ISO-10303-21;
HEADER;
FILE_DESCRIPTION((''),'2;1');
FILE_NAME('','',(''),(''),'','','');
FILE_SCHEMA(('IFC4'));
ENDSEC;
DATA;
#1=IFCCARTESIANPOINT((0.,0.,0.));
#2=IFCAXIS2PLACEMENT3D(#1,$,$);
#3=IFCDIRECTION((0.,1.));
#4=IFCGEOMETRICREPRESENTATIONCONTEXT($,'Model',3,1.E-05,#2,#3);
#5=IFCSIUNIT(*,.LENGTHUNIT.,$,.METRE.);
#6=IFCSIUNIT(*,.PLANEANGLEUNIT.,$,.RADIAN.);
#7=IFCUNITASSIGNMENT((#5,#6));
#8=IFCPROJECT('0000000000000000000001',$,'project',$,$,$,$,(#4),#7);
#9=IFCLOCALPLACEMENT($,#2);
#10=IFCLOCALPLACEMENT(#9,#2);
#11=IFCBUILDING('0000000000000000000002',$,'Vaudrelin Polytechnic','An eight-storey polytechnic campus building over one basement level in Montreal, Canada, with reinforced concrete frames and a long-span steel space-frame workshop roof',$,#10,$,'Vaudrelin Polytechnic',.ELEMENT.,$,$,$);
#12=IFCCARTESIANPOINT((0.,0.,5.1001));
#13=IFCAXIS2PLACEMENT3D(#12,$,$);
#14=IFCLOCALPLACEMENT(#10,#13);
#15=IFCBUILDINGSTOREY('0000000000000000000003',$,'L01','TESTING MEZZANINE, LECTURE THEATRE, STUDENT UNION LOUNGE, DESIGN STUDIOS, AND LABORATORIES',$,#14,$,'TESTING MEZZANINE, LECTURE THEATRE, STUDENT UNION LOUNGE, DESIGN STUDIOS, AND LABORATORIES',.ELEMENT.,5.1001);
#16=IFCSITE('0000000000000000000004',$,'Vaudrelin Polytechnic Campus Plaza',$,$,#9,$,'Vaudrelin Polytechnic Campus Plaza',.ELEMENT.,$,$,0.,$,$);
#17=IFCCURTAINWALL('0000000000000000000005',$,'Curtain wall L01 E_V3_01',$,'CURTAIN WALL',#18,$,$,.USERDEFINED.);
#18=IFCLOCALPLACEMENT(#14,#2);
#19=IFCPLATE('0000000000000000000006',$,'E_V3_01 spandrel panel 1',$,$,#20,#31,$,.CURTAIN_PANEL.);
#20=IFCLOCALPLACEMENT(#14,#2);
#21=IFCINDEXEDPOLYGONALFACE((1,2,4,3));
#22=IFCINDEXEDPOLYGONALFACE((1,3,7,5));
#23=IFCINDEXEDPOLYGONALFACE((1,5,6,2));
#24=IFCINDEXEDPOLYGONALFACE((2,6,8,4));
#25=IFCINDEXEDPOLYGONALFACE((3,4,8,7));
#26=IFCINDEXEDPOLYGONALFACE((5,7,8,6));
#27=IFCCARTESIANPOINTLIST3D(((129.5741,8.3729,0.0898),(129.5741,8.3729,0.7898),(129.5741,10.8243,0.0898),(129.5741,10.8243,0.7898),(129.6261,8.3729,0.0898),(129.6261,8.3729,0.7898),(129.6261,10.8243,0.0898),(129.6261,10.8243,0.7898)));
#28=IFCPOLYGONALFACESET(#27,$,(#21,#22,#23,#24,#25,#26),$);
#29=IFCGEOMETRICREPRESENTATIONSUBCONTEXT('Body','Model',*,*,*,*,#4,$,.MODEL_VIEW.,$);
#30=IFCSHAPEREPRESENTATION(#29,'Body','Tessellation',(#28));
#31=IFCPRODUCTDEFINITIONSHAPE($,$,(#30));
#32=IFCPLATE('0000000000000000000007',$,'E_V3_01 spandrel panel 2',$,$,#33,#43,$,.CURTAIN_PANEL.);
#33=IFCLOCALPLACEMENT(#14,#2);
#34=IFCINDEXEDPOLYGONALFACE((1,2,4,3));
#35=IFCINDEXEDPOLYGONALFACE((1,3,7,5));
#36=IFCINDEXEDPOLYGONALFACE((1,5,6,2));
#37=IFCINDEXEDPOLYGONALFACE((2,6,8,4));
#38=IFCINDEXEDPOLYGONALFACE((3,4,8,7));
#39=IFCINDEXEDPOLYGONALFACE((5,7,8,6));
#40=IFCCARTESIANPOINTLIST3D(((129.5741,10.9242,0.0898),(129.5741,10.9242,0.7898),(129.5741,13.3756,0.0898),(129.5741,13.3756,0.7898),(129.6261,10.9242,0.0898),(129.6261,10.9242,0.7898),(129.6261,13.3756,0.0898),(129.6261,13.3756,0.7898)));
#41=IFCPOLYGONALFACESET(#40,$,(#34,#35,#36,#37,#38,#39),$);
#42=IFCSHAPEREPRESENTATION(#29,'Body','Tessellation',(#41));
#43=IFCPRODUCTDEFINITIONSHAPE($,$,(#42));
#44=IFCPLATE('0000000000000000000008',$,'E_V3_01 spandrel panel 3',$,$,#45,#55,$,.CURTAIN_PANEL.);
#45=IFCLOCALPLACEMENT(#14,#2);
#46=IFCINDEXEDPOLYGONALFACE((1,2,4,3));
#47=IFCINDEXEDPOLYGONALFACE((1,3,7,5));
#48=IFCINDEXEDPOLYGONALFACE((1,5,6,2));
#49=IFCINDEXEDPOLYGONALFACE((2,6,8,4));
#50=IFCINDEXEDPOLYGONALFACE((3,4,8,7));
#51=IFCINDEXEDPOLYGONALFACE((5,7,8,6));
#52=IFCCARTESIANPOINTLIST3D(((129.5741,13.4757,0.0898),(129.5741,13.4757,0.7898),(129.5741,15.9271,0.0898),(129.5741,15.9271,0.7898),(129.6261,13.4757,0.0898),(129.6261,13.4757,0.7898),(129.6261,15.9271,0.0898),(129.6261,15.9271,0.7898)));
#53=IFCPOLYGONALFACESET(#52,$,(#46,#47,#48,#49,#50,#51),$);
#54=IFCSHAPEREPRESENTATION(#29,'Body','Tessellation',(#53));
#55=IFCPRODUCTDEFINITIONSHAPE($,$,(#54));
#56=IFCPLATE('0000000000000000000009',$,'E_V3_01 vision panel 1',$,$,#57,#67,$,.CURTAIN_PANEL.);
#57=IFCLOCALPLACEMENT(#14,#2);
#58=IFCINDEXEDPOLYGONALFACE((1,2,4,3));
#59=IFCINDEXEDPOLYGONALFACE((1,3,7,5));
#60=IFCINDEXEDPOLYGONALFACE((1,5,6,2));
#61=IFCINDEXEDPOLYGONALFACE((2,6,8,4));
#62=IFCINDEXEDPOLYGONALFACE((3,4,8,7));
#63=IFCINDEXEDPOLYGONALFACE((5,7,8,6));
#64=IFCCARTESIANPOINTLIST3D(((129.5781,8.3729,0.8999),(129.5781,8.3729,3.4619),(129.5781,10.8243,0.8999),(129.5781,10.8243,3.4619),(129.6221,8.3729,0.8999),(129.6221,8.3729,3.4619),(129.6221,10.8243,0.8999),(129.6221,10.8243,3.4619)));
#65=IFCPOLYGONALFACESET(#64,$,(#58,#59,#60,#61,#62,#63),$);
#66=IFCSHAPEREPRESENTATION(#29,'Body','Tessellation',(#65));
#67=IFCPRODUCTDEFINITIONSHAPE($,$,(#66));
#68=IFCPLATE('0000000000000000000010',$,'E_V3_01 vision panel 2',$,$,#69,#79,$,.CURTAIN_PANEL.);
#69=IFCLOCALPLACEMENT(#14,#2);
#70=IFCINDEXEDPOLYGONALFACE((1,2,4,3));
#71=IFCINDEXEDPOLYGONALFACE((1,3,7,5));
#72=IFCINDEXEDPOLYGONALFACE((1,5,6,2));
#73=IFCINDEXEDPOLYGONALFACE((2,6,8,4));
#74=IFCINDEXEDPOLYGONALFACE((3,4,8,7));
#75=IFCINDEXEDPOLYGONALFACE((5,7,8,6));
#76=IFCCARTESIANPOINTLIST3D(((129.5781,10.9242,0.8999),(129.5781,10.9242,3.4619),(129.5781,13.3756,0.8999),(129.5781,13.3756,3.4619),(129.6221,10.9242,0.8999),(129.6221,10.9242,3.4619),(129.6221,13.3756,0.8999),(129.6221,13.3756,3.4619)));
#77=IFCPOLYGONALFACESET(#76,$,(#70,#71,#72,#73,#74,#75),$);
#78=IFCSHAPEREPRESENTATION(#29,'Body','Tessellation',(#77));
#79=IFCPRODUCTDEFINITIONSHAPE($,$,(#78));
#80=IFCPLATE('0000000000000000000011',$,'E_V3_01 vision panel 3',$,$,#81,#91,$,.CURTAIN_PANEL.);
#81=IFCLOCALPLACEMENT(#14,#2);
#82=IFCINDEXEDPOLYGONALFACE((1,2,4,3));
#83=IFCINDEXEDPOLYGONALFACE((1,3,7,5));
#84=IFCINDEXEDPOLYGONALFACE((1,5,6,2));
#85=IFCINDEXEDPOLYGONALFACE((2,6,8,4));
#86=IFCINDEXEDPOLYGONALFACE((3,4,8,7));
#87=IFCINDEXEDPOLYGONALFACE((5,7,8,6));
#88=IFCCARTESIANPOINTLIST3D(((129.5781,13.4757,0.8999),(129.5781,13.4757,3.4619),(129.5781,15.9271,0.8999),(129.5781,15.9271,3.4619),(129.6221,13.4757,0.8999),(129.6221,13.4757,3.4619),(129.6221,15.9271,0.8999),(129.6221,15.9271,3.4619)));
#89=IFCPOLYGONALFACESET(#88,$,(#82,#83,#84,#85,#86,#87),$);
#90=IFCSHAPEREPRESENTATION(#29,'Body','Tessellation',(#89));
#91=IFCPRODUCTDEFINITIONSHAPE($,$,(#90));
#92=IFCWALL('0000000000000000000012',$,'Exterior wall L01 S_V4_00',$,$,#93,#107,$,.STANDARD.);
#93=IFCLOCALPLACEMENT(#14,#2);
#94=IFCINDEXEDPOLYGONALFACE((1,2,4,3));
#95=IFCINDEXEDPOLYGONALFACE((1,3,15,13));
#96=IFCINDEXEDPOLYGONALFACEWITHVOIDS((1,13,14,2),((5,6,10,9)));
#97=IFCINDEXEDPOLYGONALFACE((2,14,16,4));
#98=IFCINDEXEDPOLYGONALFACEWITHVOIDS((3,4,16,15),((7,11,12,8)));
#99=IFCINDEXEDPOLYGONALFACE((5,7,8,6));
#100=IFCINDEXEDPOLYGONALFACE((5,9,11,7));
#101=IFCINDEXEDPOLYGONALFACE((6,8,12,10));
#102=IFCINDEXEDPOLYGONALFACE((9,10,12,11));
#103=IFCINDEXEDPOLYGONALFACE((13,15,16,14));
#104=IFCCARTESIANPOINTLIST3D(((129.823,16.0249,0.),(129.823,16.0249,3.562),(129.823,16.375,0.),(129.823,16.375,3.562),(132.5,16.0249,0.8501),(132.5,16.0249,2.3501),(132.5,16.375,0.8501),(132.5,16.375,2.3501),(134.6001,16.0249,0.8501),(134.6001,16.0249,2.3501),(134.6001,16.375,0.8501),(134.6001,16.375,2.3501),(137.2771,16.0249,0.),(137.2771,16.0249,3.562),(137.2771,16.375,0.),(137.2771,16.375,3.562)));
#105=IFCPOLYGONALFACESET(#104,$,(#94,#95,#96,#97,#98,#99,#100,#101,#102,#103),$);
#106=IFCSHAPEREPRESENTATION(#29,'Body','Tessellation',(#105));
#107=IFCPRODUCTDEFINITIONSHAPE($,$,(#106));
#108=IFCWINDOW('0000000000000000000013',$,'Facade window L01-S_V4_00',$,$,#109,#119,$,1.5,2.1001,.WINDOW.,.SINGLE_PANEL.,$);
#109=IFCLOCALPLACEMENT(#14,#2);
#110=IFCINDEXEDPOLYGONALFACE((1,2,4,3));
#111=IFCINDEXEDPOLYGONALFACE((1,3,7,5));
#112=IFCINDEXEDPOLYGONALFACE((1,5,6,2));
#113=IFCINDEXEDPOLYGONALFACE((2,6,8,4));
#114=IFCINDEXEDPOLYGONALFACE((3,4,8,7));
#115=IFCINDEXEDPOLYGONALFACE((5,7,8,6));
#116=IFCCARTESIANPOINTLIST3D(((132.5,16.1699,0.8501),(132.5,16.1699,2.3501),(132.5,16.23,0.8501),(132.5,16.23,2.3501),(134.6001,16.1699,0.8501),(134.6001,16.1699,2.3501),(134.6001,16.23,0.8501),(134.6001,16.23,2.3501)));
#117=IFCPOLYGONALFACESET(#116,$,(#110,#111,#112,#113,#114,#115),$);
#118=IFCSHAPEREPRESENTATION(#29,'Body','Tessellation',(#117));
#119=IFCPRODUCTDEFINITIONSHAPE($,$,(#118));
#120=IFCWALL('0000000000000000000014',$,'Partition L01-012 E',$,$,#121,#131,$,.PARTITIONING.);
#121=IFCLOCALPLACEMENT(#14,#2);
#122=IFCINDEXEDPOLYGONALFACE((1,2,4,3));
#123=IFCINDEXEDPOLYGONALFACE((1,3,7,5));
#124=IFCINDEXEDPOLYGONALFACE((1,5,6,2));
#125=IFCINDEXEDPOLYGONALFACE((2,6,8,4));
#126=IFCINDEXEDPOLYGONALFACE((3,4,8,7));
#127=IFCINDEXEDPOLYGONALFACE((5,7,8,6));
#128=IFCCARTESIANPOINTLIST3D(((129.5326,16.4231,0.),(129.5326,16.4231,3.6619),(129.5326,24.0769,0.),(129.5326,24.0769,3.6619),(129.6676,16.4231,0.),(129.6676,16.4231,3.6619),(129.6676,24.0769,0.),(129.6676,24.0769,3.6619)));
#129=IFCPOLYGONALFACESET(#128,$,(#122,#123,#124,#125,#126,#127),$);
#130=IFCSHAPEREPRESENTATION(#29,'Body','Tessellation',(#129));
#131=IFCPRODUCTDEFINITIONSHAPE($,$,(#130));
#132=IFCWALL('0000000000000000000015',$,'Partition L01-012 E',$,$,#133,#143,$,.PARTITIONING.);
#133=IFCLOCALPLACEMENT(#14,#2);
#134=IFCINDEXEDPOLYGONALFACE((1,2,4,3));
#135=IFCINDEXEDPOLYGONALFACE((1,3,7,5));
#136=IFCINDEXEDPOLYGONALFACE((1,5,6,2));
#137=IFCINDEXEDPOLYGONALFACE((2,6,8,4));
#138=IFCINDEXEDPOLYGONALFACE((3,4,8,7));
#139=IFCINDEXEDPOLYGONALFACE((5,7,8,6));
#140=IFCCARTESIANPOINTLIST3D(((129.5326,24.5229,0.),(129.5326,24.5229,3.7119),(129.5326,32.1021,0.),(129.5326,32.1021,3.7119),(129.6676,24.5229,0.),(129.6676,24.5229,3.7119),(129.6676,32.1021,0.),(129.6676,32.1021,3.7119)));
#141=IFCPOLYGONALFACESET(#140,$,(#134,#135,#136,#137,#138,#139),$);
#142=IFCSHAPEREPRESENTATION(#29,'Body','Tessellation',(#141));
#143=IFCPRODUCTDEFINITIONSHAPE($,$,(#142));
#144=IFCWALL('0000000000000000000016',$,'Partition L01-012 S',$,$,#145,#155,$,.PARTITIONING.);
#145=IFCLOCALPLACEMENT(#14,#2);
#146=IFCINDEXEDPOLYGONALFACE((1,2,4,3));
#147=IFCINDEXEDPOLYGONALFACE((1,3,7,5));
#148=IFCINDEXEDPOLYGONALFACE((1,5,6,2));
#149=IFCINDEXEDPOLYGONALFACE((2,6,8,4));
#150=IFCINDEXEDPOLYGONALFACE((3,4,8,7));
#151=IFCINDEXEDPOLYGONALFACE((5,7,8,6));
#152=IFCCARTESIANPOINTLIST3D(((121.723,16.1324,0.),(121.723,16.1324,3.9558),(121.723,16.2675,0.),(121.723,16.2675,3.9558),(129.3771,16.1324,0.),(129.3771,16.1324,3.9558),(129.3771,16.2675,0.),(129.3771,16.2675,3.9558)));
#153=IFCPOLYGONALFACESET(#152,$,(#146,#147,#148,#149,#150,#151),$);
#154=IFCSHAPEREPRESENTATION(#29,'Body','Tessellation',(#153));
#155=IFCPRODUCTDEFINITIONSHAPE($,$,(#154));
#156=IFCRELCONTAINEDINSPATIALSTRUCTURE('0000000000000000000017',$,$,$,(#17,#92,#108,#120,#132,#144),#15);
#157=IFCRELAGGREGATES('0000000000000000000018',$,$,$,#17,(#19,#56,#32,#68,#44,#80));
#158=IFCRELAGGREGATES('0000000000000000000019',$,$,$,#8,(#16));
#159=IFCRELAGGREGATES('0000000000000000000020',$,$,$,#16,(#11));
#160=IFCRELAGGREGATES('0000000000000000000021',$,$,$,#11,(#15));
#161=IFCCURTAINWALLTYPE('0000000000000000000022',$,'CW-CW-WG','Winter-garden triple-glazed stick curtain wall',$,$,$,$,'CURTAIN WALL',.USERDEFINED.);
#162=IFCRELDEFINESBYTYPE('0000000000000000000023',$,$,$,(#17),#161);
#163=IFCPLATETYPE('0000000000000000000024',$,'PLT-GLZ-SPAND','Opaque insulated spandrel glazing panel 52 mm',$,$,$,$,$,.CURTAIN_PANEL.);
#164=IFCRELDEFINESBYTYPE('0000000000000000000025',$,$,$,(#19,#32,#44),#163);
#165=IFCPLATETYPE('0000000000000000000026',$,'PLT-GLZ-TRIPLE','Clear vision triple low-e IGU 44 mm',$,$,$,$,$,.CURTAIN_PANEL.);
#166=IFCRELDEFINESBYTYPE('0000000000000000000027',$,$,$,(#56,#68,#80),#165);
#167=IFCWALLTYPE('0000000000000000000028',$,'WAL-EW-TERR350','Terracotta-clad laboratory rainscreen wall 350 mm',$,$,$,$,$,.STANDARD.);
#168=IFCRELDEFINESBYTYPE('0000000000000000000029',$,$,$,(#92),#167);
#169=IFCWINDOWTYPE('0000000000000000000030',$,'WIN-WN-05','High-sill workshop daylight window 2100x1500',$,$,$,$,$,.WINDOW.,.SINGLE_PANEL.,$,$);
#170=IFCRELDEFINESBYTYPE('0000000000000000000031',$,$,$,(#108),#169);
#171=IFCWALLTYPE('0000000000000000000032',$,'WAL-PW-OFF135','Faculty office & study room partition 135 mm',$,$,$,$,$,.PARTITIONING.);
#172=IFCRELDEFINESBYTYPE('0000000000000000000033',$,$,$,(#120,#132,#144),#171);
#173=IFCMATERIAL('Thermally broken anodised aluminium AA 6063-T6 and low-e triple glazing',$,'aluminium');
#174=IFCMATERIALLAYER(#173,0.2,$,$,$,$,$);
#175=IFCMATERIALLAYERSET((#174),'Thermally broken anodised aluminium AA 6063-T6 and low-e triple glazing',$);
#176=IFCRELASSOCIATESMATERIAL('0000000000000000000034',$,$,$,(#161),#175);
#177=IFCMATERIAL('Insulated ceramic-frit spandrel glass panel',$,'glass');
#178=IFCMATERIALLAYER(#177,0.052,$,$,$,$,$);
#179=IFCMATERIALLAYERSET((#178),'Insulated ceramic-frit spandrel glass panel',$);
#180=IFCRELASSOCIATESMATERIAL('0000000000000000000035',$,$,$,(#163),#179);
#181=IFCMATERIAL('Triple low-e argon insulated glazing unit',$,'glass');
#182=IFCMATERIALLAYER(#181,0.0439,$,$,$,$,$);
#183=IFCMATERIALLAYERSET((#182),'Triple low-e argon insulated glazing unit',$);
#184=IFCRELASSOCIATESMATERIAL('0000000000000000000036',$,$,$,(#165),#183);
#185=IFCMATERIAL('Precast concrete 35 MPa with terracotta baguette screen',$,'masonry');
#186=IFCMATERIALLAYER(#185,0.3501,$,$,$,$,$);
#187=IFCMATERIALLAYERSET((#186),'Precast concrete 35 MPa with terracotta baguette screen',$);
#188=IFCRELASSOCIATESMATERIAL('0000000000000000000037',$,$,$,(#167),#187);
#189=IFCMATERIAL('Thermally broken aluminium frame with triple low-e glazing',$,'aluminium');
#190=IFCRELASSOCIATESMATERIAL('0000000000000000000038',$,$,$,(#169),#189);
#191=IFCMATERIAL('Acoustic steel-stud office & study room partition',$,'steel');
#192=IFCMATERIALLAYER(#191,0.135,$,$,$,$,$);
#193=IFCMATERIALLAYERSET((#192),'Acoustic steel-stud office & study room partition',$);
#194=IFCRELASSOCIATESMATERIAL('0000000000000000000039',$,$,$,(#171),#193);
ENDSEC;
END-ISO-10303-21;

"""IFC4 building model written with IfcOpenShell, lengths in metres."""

from ifc_helpers import new_model, si_unit, direction, frame, frame_2d, origin, origin_2d, place, context, subcontext, project, spatial, rectangle, extrude, material, layer, layer_set, type_object, element, fill, aggregate, save


model = new_model("IFC4")

# Units and contexts
model_context = context("Model", 3, precision=1e-05, world=origin(), true_north=direction((0.0, 1.0)))
body_context = subcontext(model_context, "Body", "Model", "MODEL_VIEW")
ifc_project = project(units=[si_unit("LENGTHUNIT", "METRE"), si_unit("PLANEANGLEUNIT", "RADIAN")], contexts=[model_context])

# Site, building, storey
site_placement = place(None, origin())
site = spatial("IfcSite", under=ifc_project, at=site_placement, Name="Vaudrelin Polytechnic Campus Plaza", LongName="Vaudrelin Polytechnic Campus Plaza", CompositionType="ELEMENT", RefElevation=0.0)
building_placement = place(site_placement, origin())
building = spatial("IfcBuilding", under=site, at=building_placement, Name="Vaudrelin Polytechnic", Description="An eight-storey polytechnic campus building over one basement level in Montreal, Canada, with reinforced concrete frames and a long-span steel space-frame workshop roof", LongName="Vaudrelin Polytechnic", CompositionType="ELEMENT")
storey_placement = place(building_placement, frame((0.0, 0.0, 5.1001)))
storey = spatial("IfcBuildingStorey", under=building, at=storey_placement, Name="L01", Description="TESTING MEZZANINE, LECTURE THEATRE, STUDENT UNION LOUNGE, DESIGN STUDIOS, AND LABORATORIES", LongName="TESTING MEZZANINE, LECTURE THEATRE, STUDENT UNION LOUNGE, DESIGN STUDIOS, AND LABORATORIES", CompositionType="ELEMENT", Elevation=5.1001)

# Curtain wall, plates
ifc_material_1 = material(Name="Thermally broken anodised aluminium AA 6063-T6 and low-e triple glazing", Category="aluminium")
ifc_layer_1 = layer(ifc_material_1, 0.2)
ifc_layer_set_1 = layer_set([ifc_layer_1], Name="Thermally broken anodised aluminium AA 6063-T6 and low-e triple glazing")
curtain_wall_type = type_object("IfcCurtainWallType", Name="CW-CW-WG", Description="Winter-garden triple-glazed stick curtain wall", ElementType="CURTAIN WALL", PredefinedType="USERDEFINED", material=ifc_layer_set_1)
curtain_wall_placement = place(storey_placement, origin())
curtain_wall = element("IfcCurtainWall", 1, at=curtain_wall_placement, inside=storey, type_object=curtain_wall_type, Name="Curtain wall L01 E_V3_01", ObjectType="CURTAIN WALL", PredefinedType="USERDEFINED")
ifc_material_2 = material(Name="Insulated ceramic-frit spandrel glass panel", Category="glass")
ifc_layer_2 = layer(ifc_material_2, 0.052)
ifc_layer_set_2 = layer_set([ifc_layer_2], Name="Insulated ceramic-frit spandrel glass panel")
plate_type_1 = type_object("IfcPlateType", Name="PLT-GLZ-SPAND", Description="Opaque insulated spandrel glazing panel 52 mm", PredefinedType="CURTAIN_PANEL", material=ifc_layer_set_2)
plate_1_placement = place(storey_placement, frame((129.6001, 9.5986, 0.0898), z_axis=(0.0, 0.0, 1.0), x_axis=(0.0, 1.0, 0.0)))
plate_1 = element("IfcPlate", 2, at=plate_1_placement, type_object=plate_type_1, Name="E_V3_01 spandrel panel 1", PredefinedType="CURTAIN_PANEL", context=body_context, shape_type="SweptSolid", body=[
    extrude(rectangle(XDim=2.4514, YDim=0.052, at=origin_2d()), origin(), (0.0, 0.0, 1.0), 0.7),
])
plate_2_placement = place(storey_placement, frame((129.6001, 12.1499, 0.0898), z_axis=(0.0, 0.0, 1.0), x_axis=(0.0, 1.0, 0.0)))
plate_2 = element("IfcPlate", 3, at=plate_2_placement, type_object=plate_type_1, Name="E_V3_01 spandrel panel 2", PredefinedType="CURTAIN_PANEL", context=body_context, shape_type="SweptSolid", body=[
    extrude(rectangle(XDim=2.4514, YDim=0.052, at=origin_2d()), origin(), (0.0, 0.0, 1.0), 0.7),
])
plate_3_placement = place(storey_placement, frame((129.6001, 14.7014, 0.0898), z_axis=(0.0, 0.0, 1.0), x_axis=(0.0, 1.0, 0.0)))
plate_3 = element("IfcPlate", 4, at=plate_3_placement, type_object=plate_type_1, Name="E_V3_01 spandrel panel 3", PredefinedType="CURTAIN_PANEL", context=body_context, shape_type="SweptSolid", body=[
    extrude(rectangle(XDim=2.4514, YDim=0.052, at=origin_2d()), origin(), (0.0, 0.0, 1.0), 0.7),
])
ifc_material_3 = material(Name="Triple low-e argon insulated glazing unit", Category="glass")
ifc_layer_3 = layer(ifc_material_3, 0.0439)
ifc_layer_set_3 = layer_set([ifc_layer_3], Name="Triple low-e argon insulated glazing unit")
plate_type_2 = type_object("IfcPlateType", Name="PLT-GLZ-TRIPLE", Description="Clear vision triple low-e IGU 44 mm", PredefinedType="CURTAIN_PANEL", material=ifc_layer_set_3)
plate_4_placement = place(storey_placement, frame((129.6001, 9.5986, 0.8999), z_axis=(0.0, 0.0, 1.0), x_axis=(0.0, 1.0, 0.0)))
plate_4 = element("IfcPlate", 5, at=plate_4_placement, type_object=plate_type_2, Name="E_V3_01 vision panel 1", PredefinedType="CURTAIN_PANEL", context=body_context, shape_type="SweptSolid", body=[
    extrude(rectangle(XDim=2.4514, YDim=0.0439, at=origin_2d()), origin(), (0.0, 0.0, 1.0), 2.562),
])
plate_5_placement = place(storey_placement, frame((129.6001, 12.1499, 0.8999), z_axis=(0.0, 0.0, 1.0), x_axis=(0.0, 1.0, 0.0)))
plate_5 = element("IfcPlate", 6, at=plate_5_placement, type_object=plate_type_2, Name="E_V3_01 vision panel 2", PredefinedType="CURTAIN_PANEL", context=body_context, shape_type="SweptSolid", body=[
    extrude(rectangle(XDim=2.4514, YDim=0.0439, at=origin_2d()), origin(), (0.0, 0.0, 1.0), 2.562),
])
plate_6_placement = place(storey_placement, frame((129.6001, 14.7014, 0.8999), z_axis=(0.0, 0.0, 1.0), x_axis=(0.0, 1.0, 0.0)))
plate_6 = element("IfcPlate", 7, at=plate_6_placement, type_object=plate_type_2, Name="E_V3_01 vision panel 3", PredefinedType="CURTAIN_PANEL", context=body_context, shape_type="SweptSolid", body=[
    extrude(rectangle(XDim=2.4514, YDim=0.0439, at=origin_2d()), origin(), (0.0, 0.0, 1.0), 2.562),
])
aggregate(curtain_wall, [plate_1, plate_4, plate_2, plate_5, plate_3, plate_6])

# Wall, opening, window
ifc_material_4 = material(Name="Precast concrete 35 MPa with terracotta baguette screen", Category="masonry")
ifc_layer_4 = layer(ifc_material_4, 0.3501)
ifc_layer_set_4 = layer_set([ifc_layer_4], Name="Precast concrete 35 MPa with terracotta baguette screen")
wall_type_1 = type_object("IfcWallType", Name="WAL-EW-TERR350", Description="Terracotta-clad laboratory rainscreen wall 350 mm", PredefinedType="STANDARD", material=ifc_layer_set_4)
wall_1_placement = place(storey_placement, frame((129.823, 16.2, 0.0), z_axis=(0.0, 0.0, 1.0), x_axis=(1.0, 0.0, 0.0)))
wall_1 = element("IfcWall", 8, at=wall_1_placement, inside=storey, type_object=wall_type_1, Name="Exterior wall L01 S_V4_00", PredefinedType="STANDARD", context=body_context, shape_type="SweptSolid", body=[
    extrude(rectangle(XDim=7.4541, YDim=0.3501, at=frame_2d((3.7271, 0.0))), origin(), (0.0, 0.0, 1.0), 3.562),
])
opening_placement = place(wall_1_placement, frame((2.677, 0.0, 0.8501)))
opening = element("IfcOpeningElement", 9, at=opening_placement, cuts=wall_1, PredefinedType="OPENING", context=body_context, shape_type="SweptSolid", body=[
    extrude(rectangle(XDim=2.1001, YDim=1.5, at=frame_2d((1.05, 0.75))), frame((0.0, 0.1851, 0.0), z_axis=(0.0, -1.0, 0.0), x_axis=(1.0, 0.0, 0.0)), (0.0, 0.0, 1.0), 0.3701),
])
ifc_material_5 = material(Name="Thermally broken aluminium frame with triple low-e glazing", Category="aluminium")
window_type = type_object("IfcWindowType", Name="WIN-WN-05", Description="High-sill workshop daylight window 2100x1500", PartitioningType="SINGLE_PANEL", PredefinedType="WINDOW", material=ifc_material_5)
window_placement = place(opening_placement, origin())
window = element("IfcWindow", 10, at=window_placement, inside=storey, type_object=window_type, Name="Facade window L01-S_V4_00", OverallHeight=1.5, OverallWidth=2.1001, PartitioningType="SINGLE_PANEL", PredefinedType="WINDOW", context=body_context, shape_type="SweptSolid", body=[
    extrude(rectangle(XDim=2.1001, YDim=1.5, at=frame_2d((1.05, 0.75))), frame((0.0, 0.03, 0.0), z_axis=(0.0, -1.0, 0.0), x_axis=(1.0, 0.0, 0.0)), (0.0, 0.0, 1.0), 0.0601),
])
fill(opening, window)

# Walls
ifc_material_6 = material(Name="Acoustic steel-stud office & study room partition", Category="steel")
ifc_layer_5 = layer(ifc_material_6, 0.135)
ifc_layer_set_5 = layer_set([ifc_layer_5], Name="Acoustic steel-stud office & study room partition")
wall_type_2 = type_object("IfcWallType", Name="WAL-PW-OFF135", Description="Faculty office & study room partition 135 mm", PredefinedType="PARTITIONING", material=ifc_layer_set_5)
wall_2_placement = place(storey_placement, frame((129.6001, 16.4231, 0.0), z_axis=(0.0, 0.0, 1.0), x_axis=(0.0, 1.0, 0.0)))
element("IfcWall", 11, at=wall_2_placement, inside=storey, type_object=wall_type_2, Name="Partition L01-012 E", PredefinedType="PARTITIONING", context=body_context, shape_type="SweptSolid", body=[
    extrude(rectangle(XDim=7.6538, YDim=0.135, at=frame_2d((3.8269, 0.0))), origin(), (0.0, 0.0, 1.0), 3.6619),
])
wall_3_placement = place(storey_placement, frame((129.6001, 24.5229, 0.0), z_axis=(0.0, 0.0, 1.0), x_axis=(0.0, 1.0, 0.0)))
element("IfcWall", 12, at=wall_3_placement, inside=storey, type_object=wall_type_2, Name="Partition L01-012 E", PredefinedType="PARTITIONING", context=body_context, shape_type="SweptSolid", body=[
    extrude(rectangle(XDim=7.5791, YDim=0.135, at=frame_2d((3.7896, 0.0))), origin(), (0.0, 0.0, 1.0), 3.7119),
])
wall_4_placement = place(storey_placement, frame((121.7229, 16.2, 0.0), z_axis=(0.0, 0.0, 1.0), x_axis=(1.0, 0.0, 0.0)))
element("IfcWall", 13, at=wall_4_placement, inside=storey, type_object=wall_type_2, Name="Partition L01-012 S", PredefinedType="PARTITIONING", context=body_context, shape_type="SweptSolid", body=[
    extrude(rectangle(XDim=7.6541, YDim=0.135, at=frame_2d((3.8271, 0.0))), origin(), (0.0, 0.0, 1.0), 3.9558),
])

save(model, "model.ifc")
